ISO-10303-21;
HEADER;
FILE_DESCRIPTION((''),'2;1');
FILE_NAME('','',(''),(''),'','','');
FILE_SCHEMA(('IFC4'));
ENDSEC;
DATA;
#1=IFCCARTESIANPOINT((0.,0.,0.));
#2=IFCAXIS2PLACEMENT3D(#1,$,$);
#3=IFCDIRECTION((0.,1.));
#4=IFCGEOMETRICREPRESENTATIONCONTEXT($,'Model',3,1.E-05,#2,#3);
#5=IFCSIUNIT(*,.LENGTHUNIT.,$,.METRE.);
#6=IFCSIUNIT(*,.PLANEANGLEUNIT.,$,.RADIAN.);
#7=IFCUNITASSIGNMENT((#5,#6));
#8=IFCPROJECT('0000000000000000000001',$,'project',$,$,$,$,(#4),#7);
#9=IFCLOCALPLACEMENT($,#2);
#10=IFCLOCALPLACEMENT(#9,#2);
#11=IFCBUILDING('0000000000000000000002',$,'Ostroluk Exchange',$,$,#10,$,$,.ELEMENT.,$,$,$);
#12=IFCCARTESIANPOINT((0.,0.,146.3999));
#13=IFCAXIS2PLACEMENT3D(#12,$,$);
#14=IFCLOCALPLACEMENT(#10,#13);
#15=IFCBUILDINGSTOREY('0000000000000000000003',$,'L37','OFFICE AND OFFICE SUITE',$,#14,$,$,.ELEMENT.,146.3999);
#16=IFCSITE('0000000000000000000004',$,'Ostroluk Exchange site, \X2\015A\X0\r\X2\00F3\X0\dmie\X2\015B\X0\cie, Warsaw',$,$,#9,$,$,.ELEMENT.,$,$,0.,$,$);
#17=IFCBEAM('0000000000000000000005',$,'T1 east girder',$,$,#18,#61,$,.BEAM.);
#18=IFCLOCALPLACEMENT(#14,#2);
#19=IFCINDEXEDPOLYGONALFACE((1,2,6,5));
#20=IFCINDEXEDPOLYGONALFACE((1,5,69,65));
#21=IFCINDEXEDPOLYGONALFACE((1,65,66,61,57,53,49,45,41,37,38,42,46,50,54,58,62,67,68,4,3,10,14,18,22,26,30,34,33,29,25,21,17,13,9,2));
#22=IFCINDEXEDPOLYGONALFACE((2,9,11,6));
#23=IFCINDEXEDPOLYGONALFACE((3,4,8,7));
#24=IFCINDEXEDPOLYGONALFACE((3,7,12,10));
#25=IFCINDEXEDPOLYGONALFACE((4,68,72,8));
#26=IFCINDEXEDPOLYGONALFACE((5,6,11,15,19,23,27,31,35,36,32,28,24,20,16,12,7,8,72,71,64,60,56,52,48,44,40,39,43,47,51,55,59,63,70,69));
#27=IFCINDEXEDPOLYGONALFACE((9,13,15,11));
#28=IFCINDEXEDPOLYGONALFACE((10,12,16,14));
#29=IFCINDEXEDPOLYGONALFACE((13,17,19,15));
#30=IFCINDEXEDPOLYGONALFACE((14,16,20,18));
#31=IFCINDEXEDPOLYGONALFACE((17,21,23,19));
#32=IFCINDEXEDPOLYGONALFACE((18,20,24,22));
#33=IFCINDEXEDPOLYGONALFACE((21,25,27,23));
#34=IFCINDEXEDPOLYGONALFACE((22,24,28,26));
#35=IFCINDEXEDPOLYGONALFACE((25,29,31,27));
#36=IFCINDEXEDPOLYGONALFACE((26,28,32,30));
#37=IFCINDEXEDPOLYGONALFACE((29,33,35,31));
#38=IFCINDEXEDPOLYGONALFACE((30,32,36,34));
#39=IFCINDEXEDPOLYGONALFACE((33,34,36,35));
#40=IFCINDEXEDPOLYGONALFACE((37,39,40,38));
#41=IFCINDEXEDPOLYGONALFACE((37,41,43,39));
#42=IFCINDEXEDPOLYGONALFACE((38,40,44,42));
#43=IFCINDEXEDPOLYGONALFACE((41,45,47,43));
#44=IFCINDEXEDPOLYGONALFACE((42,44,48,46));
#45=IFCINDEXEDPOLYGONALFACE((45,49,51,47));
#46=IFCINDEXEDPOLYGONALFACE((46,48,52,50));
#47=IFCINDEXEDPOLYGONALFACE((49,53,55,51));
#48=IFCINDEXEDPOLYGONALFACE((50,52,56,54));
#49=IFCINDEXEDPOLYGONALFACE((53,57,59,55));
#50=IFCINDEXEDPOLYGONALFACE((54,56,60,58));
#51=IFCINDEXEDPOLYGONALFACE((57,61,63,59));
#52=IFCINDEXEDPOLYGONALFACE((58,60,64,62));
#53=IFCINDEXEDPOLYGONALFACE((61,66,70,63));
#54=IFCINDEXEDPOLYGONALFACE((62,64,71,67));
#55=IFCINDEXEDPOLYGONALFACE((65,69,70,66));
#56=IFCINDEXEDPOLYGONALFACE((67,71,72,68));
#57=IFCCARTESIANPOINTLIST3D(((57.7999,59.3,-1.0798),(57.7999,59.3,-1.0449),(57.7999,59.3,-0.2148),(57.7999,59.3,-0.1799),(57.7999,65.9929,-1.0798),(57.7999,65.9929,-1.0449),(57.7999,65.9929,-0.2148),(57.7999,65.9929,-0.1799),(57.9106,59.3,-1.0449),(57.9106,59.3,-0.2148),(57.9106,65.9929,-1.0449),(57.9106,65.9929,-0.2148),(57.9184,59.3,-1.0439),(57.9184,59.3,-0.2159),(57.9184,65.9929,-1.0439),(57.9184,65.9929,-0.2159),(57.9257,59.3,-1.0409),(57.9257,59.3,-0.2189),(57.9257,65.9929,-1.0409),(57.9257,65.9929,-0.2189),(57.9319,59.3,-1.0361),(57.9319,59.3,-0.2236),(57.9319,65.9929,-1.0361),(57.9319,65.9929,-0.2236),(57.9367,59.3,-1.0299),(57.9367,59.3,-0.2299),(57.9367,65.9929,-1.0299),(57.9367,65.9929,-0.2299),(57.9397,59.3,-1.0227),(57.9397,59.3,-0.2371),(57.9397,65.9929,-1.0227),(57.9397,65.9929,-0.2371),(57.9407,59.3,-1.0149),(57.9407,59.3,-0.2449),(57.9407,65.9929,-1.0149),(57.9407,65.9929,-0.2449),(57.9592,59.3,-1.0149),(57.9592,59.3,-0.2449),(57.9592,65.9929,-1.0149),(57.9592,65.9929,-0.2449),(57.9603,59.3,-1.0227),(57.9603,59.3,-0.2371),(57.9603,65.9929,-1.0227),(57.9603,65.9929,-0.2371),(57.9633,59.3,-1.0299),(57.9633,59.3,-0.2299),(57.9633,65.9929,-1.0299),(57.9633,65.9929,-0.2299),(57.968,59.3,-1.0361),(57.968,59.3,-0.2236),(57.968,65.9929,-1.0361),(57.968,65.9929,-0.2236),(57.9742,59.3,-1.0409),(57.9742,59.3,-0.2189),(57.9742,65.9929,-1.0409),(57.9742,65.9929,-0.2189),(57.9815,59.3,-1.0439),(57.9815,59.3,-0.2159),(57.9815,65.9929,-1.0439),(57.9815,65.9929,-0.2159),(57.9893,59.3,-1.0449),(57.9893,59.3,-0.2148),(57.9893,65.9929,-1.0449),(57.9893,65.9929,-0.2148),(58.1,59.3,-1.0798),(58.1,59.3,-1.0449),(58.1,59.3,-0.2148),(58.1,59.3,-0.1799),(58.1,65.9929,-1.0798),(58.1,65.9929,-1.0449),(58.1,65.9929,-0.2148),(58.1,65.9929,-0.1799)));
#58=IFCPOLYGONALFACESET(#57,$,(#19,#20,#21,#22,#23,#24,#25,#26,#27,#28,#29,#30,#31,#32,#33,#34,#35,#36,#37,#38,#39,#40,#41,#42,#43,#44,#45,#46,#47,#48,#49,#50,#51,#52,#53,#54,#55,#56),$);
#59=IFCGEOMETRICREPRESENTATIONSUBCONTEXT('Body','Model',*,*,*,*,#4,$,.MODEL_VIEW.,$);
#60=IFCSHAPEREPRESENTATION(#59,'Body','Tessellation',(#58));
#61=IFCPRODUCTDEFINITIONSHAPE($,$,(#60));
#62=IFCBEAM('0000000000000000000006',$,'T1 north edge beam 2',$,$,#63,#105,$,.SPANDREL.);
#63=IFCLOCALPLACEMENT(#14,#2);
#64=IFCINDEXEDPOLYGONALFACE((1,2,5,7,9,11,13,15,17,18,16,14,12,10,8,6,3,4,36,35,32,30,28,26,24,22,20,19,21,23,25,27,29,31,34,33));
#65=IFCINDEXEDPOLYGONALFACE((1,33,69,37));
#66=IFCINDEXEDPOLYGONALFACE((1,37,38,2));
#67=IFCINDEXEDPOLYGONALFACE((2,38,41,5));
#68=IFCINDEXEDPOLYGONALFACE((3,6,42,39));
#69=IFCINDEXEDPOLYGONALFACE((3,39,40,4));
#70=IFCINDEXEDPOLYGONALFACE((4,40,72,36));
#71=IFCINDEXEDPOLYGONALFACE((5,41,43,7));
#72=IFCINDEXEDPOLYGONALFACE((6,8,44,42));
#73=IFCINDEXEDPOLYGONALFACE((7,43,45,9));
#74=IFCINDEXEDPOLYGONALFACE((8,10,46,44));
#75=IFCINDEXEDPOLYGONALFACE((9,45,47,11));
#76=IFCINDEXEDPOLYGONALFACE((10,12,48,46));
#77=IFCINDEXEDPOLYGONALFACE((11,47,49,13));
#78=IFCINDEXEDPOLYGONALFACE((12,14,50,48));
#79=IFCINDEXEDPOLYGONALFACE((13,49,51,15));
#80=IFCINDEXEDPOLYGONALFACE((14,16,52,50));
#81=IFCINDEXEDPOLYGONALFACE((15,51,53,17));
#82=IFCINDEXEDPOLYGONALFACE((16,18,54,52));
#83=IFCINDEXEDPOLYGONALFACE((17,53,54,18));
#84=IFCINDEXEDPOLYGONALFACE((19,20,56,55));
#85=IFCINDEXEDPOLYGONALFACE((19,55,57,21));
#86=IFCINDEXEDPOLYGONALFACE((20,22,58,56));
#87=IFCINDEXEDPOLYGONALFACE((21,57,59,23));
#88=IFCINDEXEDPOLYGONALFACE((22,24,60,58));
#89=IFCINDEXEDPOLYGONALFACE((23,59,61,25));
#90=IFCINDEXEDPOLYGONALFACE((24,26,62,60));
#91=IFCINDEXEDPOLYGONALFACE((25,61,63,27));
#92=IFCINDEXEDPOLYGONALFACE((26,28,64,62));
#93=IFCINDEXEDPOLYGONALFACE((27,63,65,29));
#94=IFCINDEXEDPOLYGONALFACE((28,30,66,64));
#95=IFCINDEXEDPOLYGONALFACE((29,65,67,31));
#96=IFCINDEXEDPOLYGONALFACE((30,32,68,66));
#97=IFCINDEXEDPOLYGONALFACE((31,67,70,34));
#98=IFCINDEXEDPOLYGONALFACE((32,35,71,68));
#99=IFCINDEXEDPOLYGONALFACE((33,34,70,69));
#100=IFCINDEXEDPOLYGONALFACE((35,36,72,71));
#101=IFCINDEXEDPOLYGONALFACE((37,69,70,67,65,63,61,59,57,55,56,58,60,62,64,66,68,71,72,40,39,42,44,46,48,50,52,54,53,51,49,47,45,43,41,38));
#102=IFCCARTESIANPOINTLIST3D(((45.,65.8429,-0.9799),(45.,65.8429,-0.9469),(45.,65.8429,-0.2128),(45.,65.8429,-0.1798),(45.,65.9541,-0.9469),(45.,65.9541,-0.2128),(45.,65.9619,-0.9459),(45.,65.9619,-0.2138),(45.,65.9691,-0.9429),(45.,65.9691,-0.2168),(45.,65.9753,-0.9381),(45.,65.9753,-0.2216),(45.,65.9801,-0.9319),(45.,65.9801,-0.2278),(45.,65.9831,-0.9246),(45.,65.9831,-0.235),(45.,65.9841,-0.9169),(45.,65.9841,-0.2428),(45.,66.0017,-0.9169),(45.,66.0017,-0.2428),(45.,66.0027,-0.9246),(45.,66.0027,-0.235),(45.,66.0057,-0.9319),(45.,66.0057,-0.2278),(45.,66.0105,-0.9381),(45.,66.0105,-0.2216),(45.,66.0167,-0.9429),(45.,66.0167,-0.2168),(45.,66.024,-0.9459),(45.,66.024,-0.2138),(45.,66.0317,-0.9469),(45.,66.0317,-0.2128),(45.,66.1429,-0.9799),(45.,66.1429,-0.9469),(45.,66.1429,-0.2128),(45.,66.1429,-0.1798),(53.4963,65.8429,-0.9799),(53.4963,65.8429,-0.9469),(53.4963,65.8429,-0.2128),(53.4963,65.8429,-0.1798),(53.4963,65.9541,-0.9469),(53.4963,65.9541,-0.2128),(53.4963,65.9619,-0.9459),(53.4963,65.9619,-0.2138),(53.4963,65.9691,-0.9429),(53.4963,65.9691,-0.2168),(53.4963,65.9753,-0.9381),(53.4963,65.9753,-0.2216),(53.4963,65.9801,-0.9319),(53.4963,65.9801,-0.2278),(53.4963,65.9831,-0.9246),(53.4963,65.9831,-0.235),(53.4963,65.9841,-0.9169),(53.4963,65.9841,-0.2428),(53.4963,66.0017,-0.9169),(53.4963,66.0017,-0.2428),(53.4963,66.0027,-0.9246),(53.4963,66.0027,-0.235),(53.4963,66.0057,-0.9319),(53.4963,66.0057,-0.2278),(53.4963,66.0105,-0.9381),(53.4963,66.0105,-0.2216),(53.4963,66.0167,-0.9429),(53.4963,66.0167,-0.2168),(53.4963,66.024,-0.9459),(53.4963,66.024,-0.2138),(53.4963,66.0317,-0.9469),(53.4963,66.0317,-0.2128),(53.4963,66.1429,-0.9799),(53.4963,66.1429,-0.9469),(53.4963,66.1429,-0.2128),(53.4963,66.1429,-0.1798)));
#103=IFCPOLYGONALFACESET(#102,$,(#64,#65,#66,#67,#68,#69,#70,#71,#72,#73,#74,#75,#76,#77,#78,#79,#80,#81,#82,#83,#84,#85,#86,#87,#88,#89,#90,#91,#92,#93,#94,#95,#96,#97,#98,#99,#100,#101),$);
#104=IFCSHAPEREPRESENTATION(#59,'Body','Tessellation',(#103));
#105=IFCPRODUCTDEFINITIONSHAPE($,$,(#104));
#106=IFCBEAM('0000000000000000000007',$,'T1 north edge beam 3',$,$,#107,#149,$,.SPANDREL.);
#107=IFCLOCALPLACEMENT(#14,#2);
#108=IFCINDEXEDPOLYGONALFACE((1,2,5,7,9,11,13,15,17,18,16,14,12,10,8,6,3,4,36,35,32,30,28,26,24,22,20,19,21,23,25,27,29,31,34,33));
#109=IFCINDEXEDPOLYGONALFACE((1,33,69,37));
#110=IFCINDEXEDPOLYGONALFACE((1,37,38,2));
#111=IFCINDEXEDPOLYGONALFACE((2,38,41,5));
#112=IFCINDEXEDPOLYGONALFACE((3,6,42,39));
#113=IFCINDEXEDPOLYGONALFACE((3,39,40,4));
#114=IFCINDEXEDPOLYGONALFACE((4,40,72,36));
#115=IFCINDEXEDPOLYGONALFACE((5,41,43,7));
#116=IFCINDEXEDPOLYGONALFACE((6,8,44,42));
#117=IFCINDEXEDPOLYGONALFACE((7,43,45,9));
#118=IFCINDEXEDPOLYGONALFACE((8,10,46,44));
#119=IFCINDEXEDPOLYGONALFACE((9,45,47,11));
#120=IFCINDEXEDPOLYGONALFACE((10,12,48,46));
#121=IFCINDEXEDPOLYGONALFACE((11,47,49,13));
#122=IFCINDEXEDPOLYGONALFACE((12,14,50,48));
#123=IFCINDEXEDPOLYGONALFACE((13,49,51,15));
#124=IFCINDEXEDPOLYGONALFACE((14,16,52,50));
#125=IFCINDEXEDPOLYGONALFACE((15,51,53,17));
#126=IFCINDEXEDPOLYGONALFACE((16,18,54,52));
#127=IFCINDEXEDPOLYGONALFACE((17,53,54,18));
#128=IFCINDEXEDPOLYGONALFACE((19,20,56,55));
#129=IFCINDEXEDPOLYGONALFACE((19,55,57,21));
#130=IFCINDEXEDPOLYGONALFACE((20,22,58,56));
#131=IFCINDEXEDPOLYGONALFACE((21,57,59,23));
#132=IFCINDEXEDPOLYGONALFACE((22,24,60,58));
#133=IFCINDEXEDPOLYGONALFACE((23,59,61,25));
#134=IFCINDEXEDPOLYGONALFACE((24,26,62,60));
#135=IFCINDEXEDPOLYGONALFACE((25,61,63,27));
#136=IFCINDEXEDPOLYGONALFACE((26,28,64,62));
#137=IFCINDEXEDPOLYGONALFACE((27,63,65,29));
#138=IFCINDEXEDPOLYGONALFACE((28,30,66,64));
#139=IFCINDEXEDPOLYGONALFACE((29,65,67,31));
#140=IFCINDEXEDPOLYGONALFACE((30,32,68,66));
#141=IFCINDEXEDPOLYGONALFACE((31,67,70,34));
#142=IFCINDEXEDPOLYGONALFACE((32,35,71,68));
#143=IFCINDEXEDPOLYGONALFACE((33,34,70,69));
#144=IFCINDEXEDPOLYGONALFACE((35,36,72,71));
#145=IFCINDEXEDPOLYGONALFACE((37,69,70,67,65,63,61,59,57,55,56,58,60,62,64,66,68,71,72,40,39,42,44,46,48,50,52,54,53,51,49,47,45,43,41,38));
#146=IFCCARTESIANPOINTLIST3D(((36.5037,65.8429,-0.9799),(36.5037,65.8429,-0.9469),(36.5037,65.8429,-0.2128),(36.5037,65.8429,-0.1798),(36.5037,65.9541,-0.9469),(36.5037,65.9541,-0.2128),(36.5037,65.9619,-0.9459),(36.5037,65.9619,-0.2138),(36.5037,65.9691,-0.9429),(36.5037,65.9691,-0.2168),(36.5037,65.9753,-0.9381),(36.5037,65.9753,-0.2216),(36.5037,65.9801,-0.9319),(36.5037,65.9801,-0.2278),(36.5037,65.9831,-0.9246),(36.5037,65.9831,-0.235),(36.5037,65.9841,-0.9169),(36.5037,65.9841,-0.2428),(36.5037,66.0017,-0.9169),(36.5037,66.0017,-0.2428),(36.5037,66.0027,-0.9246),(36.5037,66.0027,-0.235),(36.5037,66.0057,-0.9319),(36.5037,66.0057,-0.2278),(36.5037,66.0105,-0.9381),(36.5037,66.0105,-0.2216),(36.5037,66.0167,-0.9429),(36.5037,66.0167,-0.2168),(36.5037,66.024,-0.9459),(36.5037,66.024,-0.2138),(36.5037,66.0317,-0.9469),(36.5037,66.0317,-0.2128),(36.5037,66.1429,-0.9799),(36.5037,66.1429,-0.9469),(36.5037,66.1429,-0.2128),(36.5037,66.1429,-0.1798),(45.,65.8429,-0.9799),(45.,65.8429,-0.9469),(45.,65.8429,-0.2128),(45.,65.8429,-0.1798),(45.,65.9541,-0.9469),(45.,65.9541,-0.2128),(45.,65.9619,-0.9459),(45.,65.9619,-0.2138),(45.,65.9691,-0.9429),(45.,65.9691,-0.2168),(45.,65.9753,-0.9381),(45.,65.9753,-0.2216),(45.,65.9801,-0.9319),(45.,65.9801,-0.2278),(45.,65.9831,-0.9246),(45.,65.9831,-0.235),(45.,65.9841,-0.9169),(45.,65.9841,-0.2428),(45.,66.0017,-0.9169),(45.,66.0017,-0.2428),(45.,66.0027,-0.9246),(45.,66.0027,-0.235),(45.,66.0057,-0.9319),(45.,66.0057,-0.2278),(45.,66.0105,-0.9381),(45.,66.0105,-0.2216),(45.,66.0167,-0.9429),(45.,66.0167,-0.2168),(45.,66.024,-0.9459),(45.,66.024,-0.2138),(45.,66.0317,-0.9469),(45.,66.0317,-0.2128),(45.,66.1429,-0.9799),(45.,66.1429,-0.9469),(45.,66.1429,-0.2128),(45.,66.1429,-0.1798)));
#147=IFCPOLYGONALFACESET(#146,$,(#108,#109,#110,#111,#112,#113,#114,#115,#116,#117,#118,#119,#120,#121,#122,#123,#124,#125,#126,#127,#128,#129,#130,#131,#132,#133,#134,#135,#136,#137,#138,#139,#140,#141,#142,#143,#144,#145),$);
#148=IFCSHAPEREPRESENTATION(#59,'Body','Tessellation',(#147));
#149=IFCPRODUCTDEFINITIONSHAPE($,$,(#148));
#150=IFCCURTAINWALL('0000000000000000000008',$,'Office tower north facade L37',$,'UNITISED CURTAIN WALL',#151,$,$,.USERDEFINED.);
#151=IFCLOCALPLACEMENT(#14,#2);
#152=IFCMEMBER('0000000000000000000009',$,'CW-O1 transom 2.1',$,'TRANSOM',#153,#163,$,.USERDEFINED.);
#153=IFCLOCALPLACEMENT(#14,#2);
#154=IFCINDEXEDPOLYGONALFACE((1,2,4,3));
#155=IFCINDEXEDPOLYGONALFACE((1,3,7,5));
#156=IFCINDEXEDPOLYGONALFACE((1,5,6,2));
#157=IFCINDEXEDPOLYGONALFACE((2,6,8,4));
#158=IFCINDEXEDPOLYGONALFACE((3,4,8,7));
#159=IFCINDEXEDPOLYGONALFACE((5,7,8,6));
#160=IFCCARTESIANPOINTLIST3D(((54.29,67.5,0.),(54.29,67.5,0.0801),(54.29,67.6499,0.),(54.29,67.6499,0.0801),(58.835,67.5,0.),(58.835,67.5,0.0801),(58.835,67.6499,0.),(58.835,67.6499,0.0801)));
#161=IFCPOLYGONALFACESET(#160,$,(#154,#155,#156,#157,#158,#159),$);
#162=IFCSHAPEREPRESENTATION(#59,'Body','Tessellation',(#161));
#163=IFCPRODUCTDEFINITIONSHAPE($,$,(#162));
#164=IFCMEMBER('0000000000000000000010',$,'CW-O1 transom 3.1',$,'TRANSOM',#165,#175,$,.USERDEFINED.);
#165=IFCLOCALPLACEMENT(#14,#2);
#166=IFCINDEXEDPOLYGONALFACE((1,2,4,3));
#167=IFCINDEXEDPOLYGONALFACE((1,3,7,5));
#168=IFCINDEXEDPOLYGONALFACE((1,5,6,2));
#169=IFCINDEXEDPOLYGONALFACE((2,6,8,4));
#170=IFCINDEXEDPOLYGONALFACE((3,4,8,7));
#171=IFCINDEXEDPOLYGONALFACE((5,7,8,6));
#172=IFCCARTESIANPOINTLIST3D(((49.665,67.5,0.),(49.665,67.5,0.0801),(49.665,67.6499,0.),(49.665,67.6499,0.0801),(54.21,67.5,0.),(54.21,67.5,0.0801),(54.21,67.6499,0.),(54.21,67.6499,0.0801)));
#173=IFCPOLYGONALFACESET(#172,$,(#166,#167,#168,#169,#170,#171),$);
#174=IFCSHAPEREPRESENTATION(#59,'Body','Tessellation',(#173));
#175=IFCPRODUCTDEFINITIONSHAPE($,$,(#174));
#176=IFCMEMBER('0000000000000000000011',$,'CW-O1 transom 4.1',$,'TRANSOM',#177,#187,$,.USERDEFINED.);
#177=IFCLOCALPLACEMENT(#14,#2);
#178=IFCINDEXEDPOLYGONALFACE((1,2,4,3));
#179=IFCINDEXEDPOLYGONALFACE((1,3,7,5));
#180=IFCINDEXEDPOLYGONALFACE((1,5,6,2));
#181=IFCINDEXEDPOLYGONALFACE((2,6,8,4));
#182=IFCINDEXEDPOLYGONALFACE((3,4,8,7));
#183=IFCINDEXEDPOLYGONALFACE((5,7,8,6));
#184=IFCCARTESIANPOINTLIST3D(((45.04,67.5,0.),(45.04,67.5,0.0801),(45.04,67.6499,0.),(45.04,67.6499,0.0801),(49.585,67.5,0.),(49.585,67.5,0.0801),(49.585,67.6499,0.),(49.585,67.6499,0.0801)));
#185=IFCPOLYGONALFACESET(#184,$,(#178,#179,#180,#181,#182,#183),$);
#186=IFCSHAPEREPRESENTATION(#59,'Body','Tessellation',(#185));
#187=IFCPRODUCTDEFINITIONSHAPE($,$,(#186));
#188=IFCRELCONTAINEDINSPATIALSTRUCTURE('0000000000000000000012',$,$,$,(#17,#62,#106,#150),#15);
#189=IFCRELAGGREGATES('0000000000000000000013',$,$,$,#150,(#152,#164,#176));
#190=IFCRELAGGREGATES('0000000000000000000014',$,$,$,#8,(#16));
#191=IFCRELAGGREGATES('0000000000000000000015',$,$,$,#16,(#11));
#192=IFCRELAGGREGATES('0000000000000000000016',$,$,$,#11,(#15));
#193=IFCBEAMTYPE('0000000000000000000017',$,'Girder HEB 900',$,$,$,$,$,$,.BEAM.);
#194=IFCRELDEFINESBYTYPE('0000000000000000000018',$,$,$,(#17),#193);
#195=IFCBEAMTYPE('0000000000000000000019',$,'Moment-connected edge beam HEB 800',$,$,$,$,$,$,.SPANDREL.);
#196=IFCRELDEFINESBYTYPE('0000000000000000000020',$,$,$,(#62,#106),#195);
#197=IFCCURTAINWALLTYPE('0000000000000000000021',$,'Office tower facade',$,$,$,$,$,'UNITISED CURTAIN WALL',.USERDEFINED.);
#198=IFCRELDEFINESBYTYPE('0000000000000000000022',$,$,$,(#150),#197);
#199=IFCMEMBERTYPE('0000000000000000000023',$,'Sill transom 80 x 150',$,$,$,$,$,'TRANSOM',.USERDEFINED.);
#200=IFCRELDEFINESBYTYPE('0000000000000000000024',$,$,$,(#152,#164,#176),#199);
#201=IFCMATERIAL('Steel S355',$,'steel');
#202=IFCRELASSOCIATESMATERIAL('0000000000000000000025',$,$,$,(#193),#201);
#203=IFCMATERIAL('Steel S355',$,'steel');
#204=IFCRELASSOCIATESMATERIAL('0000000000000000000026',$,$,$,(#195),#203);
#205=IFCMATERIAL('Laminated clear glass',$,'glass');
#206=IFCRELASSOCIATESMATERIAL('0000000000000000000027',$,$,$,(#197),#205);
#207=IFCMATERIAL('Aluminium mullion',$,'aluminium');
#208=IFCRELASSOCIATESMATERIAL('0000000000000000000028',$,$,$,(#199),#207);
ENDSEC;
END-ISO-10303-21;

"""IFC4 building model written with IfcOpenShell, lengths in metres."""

from ifc_helpers import new_model, si_unit, direction, frame, origin, origin_2d, place, context, subcontext, project, spatial, rectangle, i_section, extrude, material, material_profile, profile_set, type_object, element, aggregate, save


model = new_model("IFC4")

# Units and contexts
model_context = context("Model", 3, precision=1e-05, world=origin(), true_north=direction((0.0, 1.0)))
body_context = subcontext(model_context, "Body", "Model", "MODEL_VIEW")
ifc_project = project(units=[si_unit("LENGTHUNIT", "METRE"), si_unit("PLANEANGLEUNIT", "RADIAN")], contexts=[model_context])

# Site, building, storey
site_placement = place(None, origin())
site = spatial("IfcSite", under=ifc_project, at=site_placement, Name="Ostroluk Exchange site, Śródmieście, Warsaw", CompositionType="ELEMENT", RefElevation=0.0)
building_placement = place(site_placement, origin())
building = spatial("IfcBuilding", under=site, at=building_placement, Name="Ostroluk Exchange", CompositionType="ELEMENT")
storey_placement = place(building_placement, frame((0.0, 0.0, 146.3999)))
storey = spatial("IfcBuildingStorey", under=building, at=storey_placement, Name="L37", Description="OFFICE AND OFFICE SUITE", CompositionType="ELEMENT", Elevation=146.3999)

# Beams
ifc_material_1 = material(Name="Steel S355", Category="steel")
ifc_material_profile_1 = material_profile(ifc_material_1, i_section(OverallWidth=0.3, OverallDepth=0.8999, WebThickness=0.0186, FlangeThickness=0.0349, FilletRadius=0.03, at=origin_2d()), Name="HEB 900")
ifc_profile_set_1 = profile_set([ifc_material_profile_1], Name="Steel S355")
beam_type_1 = type_object("IfcBeamType", Name="Girder HEB 900", PredefinedType="BEAM", material=ifc_profile_set_1)
beam_placement = place(storey_placement, frame((57.95, 59.3, -0.6299), z_axis=(0.0, 1.0, 0.0), x_axis=(-1.0, 0.0, 0.0)))
element("IfcBeam", 1, at=beam_placement, inside=storey, type_object=beam_type_1, Name="T1 east girder", PredefinedType="BEAM", context=body_context, shape_type="SweptSolid", body=[
    extrude(i_section(OverallWidth=0.3, OverallDepth=0.8999, WebThickness=0.0186, FlangeThickness=0.0349, FilletRadius=0.03, at=origin_2d()), origin(), (0.0, 0.0, 1.0), 6.6929),
])
ifc_material_2 = material(Name="Steel S355", Category="steel")
ifc_material_profile_2 = material_profile(ifc_material_2, i_section(OverallWidth=0.3, OverallDepth=0.8, WebThickness=0.0176, FlangeThickness=0.033, FilletRadius=0.03, at=origin_2d()), Name="HEB 800")
ifc_profile_set_2 = profile_set([ifc_material_profile_2], Name="Steel S355")
beam_type_2 = type_object("IfcBeamType", Name="Moment-connected edge beam HEB 800", PredefinedType="SPANDREL", material=ifc_profile_set_2)
for number, where, z_axis, x_axis, name in (
    (2, (53.4963, 65.9929, -0.5798), (-1.0, 0.0, 0.0), (0.0, -1.0, 0.0), "T1 north edge beam 2"),
    (3, (45.0, 65.9929, -0.5798), (-1.0, 0.0, 0.0), (0.0, -1.0, 0.0), "T1 north edge beam 3"),
):
    element("IfcBeam", number, at=place(storey_placement, frame(where, z_axis=z_axis, x_axis=x_axis)), inside=storey, type_object=beam_type_2, Name=name, PredefinedType="SPANDREL", context=body_context, shape_type="SweptSolid", body=[
        extrude(i_section(OverallWidth=0.3, OverallDepth=0.8, WebThickness=0.0176, FlangeThickness=0.033, FilletRadius=0.03, at=origin_2d()), origin(), (0.0, 0.0, 1.0), 8.4963),
    ])

# Curtain wall, members
ifc_material_3 = material(Name="Laminated clear glass", Category="glass")
curtain_wall_type = type_object("IfcCurtainWallType", Name="Office tower facade", ElementType="UNITISED CURTAIN WALL", PredefinedType="USERDEFINED", material=ifc_material_3)
curtain_wall_placement = place(storey_placement, origin())
curtain_wall = element("IfcCurtainWall", 4, at=curtain_wall_placement, inside=storey, type_object=curtain_wall_type, Name="Office tower north facade L37", ObjectType="UNITISED CURTAIN WALL", PredefinedType="USERDEFINED")
ifc_material_4 = material(Name="Aluminium mullion", Category="aluminium")
ifc_material_profile_3 = material_profile(ifc_material_4, rectangle(XDim=0.1499, YDim=0.0801, at=origin_2d()), Name="Sill transom 80 x 150")
ifc_profile_set_3 = profile_set([ifc_material_profile_3], Name="Aluminium mullion")
member_type_1 = type_object("IfcMemberType", Name="Sill transom 80 x 150", ElementType="TRANSOM", PredefinedType="USERDEFINED", material=ifc_profile_set_3)
member_1_placement = place(storey_placement, frame((58.835, 67.575, 0.04), z_axis=(-1.0, 0.0, 0.0), x_axis=(0.0, -1.0, 0.0)))
member_1 = element("IfcMember", 5, at=member_1_placement, type_object=member_type_1, Name="CW-O1 transom 2.1", ObjectType="TRANSOM", PredefinedType="USERDEFINED", context=body_context, shape_type="SweptSolid", body=[
    extrude(rectangle(XDim=0.1499, YDim=0.0801, at=origin_2d()), origin(), (0.0, 0.0, 1.0), 4.5449),
])
member_2_placement = place(storey_placement, frame((54.21, 67.575, 0.04), z_axis=(-1.0, 0.0, 0.0), x_axis=(0.0, -1.0, 0.0)))
member_2 = element("IfcMember", 6, at=member_2_placement, type_object=member_type_1, Name="CW-O1 transom 3.1", ObjectType="TRANSOM", PredefinedType="USERDEFINED", context=body_context, shape_type="SweptSolid", body=[
    extrude(rectangle(XDim=0.1499, YDim=0.0801, at=origin_2d()), origin(), (0.0, 0.0, 1.0), 4.5449),
])
member_3_placement = place(storey_placement, frame((49.585, 67.575, 0.04), z_axis=(-1.0, 0.0, 0.0), x_axis=(0.0, -1.0, 0.0)))
member_3 = element("IfcMember", 7, at=member_3_placement, type_object=member_type_1, Name="CW-O1 transom 4.1", ObjectType="TRANSOM", PredefinedType="USERDEFINED", context=body_context, shape_type="SweptSolid", body=[
    extrude(rectangle(XDim=0.1499, YDim=0.0801, at=origin_2d()), origin(), (0.0, 0.0, 1.0), 4.5449),
])
aggregate(curtain_wall, [member_1, member_2, member_3])

save(model, "model.ifc")
